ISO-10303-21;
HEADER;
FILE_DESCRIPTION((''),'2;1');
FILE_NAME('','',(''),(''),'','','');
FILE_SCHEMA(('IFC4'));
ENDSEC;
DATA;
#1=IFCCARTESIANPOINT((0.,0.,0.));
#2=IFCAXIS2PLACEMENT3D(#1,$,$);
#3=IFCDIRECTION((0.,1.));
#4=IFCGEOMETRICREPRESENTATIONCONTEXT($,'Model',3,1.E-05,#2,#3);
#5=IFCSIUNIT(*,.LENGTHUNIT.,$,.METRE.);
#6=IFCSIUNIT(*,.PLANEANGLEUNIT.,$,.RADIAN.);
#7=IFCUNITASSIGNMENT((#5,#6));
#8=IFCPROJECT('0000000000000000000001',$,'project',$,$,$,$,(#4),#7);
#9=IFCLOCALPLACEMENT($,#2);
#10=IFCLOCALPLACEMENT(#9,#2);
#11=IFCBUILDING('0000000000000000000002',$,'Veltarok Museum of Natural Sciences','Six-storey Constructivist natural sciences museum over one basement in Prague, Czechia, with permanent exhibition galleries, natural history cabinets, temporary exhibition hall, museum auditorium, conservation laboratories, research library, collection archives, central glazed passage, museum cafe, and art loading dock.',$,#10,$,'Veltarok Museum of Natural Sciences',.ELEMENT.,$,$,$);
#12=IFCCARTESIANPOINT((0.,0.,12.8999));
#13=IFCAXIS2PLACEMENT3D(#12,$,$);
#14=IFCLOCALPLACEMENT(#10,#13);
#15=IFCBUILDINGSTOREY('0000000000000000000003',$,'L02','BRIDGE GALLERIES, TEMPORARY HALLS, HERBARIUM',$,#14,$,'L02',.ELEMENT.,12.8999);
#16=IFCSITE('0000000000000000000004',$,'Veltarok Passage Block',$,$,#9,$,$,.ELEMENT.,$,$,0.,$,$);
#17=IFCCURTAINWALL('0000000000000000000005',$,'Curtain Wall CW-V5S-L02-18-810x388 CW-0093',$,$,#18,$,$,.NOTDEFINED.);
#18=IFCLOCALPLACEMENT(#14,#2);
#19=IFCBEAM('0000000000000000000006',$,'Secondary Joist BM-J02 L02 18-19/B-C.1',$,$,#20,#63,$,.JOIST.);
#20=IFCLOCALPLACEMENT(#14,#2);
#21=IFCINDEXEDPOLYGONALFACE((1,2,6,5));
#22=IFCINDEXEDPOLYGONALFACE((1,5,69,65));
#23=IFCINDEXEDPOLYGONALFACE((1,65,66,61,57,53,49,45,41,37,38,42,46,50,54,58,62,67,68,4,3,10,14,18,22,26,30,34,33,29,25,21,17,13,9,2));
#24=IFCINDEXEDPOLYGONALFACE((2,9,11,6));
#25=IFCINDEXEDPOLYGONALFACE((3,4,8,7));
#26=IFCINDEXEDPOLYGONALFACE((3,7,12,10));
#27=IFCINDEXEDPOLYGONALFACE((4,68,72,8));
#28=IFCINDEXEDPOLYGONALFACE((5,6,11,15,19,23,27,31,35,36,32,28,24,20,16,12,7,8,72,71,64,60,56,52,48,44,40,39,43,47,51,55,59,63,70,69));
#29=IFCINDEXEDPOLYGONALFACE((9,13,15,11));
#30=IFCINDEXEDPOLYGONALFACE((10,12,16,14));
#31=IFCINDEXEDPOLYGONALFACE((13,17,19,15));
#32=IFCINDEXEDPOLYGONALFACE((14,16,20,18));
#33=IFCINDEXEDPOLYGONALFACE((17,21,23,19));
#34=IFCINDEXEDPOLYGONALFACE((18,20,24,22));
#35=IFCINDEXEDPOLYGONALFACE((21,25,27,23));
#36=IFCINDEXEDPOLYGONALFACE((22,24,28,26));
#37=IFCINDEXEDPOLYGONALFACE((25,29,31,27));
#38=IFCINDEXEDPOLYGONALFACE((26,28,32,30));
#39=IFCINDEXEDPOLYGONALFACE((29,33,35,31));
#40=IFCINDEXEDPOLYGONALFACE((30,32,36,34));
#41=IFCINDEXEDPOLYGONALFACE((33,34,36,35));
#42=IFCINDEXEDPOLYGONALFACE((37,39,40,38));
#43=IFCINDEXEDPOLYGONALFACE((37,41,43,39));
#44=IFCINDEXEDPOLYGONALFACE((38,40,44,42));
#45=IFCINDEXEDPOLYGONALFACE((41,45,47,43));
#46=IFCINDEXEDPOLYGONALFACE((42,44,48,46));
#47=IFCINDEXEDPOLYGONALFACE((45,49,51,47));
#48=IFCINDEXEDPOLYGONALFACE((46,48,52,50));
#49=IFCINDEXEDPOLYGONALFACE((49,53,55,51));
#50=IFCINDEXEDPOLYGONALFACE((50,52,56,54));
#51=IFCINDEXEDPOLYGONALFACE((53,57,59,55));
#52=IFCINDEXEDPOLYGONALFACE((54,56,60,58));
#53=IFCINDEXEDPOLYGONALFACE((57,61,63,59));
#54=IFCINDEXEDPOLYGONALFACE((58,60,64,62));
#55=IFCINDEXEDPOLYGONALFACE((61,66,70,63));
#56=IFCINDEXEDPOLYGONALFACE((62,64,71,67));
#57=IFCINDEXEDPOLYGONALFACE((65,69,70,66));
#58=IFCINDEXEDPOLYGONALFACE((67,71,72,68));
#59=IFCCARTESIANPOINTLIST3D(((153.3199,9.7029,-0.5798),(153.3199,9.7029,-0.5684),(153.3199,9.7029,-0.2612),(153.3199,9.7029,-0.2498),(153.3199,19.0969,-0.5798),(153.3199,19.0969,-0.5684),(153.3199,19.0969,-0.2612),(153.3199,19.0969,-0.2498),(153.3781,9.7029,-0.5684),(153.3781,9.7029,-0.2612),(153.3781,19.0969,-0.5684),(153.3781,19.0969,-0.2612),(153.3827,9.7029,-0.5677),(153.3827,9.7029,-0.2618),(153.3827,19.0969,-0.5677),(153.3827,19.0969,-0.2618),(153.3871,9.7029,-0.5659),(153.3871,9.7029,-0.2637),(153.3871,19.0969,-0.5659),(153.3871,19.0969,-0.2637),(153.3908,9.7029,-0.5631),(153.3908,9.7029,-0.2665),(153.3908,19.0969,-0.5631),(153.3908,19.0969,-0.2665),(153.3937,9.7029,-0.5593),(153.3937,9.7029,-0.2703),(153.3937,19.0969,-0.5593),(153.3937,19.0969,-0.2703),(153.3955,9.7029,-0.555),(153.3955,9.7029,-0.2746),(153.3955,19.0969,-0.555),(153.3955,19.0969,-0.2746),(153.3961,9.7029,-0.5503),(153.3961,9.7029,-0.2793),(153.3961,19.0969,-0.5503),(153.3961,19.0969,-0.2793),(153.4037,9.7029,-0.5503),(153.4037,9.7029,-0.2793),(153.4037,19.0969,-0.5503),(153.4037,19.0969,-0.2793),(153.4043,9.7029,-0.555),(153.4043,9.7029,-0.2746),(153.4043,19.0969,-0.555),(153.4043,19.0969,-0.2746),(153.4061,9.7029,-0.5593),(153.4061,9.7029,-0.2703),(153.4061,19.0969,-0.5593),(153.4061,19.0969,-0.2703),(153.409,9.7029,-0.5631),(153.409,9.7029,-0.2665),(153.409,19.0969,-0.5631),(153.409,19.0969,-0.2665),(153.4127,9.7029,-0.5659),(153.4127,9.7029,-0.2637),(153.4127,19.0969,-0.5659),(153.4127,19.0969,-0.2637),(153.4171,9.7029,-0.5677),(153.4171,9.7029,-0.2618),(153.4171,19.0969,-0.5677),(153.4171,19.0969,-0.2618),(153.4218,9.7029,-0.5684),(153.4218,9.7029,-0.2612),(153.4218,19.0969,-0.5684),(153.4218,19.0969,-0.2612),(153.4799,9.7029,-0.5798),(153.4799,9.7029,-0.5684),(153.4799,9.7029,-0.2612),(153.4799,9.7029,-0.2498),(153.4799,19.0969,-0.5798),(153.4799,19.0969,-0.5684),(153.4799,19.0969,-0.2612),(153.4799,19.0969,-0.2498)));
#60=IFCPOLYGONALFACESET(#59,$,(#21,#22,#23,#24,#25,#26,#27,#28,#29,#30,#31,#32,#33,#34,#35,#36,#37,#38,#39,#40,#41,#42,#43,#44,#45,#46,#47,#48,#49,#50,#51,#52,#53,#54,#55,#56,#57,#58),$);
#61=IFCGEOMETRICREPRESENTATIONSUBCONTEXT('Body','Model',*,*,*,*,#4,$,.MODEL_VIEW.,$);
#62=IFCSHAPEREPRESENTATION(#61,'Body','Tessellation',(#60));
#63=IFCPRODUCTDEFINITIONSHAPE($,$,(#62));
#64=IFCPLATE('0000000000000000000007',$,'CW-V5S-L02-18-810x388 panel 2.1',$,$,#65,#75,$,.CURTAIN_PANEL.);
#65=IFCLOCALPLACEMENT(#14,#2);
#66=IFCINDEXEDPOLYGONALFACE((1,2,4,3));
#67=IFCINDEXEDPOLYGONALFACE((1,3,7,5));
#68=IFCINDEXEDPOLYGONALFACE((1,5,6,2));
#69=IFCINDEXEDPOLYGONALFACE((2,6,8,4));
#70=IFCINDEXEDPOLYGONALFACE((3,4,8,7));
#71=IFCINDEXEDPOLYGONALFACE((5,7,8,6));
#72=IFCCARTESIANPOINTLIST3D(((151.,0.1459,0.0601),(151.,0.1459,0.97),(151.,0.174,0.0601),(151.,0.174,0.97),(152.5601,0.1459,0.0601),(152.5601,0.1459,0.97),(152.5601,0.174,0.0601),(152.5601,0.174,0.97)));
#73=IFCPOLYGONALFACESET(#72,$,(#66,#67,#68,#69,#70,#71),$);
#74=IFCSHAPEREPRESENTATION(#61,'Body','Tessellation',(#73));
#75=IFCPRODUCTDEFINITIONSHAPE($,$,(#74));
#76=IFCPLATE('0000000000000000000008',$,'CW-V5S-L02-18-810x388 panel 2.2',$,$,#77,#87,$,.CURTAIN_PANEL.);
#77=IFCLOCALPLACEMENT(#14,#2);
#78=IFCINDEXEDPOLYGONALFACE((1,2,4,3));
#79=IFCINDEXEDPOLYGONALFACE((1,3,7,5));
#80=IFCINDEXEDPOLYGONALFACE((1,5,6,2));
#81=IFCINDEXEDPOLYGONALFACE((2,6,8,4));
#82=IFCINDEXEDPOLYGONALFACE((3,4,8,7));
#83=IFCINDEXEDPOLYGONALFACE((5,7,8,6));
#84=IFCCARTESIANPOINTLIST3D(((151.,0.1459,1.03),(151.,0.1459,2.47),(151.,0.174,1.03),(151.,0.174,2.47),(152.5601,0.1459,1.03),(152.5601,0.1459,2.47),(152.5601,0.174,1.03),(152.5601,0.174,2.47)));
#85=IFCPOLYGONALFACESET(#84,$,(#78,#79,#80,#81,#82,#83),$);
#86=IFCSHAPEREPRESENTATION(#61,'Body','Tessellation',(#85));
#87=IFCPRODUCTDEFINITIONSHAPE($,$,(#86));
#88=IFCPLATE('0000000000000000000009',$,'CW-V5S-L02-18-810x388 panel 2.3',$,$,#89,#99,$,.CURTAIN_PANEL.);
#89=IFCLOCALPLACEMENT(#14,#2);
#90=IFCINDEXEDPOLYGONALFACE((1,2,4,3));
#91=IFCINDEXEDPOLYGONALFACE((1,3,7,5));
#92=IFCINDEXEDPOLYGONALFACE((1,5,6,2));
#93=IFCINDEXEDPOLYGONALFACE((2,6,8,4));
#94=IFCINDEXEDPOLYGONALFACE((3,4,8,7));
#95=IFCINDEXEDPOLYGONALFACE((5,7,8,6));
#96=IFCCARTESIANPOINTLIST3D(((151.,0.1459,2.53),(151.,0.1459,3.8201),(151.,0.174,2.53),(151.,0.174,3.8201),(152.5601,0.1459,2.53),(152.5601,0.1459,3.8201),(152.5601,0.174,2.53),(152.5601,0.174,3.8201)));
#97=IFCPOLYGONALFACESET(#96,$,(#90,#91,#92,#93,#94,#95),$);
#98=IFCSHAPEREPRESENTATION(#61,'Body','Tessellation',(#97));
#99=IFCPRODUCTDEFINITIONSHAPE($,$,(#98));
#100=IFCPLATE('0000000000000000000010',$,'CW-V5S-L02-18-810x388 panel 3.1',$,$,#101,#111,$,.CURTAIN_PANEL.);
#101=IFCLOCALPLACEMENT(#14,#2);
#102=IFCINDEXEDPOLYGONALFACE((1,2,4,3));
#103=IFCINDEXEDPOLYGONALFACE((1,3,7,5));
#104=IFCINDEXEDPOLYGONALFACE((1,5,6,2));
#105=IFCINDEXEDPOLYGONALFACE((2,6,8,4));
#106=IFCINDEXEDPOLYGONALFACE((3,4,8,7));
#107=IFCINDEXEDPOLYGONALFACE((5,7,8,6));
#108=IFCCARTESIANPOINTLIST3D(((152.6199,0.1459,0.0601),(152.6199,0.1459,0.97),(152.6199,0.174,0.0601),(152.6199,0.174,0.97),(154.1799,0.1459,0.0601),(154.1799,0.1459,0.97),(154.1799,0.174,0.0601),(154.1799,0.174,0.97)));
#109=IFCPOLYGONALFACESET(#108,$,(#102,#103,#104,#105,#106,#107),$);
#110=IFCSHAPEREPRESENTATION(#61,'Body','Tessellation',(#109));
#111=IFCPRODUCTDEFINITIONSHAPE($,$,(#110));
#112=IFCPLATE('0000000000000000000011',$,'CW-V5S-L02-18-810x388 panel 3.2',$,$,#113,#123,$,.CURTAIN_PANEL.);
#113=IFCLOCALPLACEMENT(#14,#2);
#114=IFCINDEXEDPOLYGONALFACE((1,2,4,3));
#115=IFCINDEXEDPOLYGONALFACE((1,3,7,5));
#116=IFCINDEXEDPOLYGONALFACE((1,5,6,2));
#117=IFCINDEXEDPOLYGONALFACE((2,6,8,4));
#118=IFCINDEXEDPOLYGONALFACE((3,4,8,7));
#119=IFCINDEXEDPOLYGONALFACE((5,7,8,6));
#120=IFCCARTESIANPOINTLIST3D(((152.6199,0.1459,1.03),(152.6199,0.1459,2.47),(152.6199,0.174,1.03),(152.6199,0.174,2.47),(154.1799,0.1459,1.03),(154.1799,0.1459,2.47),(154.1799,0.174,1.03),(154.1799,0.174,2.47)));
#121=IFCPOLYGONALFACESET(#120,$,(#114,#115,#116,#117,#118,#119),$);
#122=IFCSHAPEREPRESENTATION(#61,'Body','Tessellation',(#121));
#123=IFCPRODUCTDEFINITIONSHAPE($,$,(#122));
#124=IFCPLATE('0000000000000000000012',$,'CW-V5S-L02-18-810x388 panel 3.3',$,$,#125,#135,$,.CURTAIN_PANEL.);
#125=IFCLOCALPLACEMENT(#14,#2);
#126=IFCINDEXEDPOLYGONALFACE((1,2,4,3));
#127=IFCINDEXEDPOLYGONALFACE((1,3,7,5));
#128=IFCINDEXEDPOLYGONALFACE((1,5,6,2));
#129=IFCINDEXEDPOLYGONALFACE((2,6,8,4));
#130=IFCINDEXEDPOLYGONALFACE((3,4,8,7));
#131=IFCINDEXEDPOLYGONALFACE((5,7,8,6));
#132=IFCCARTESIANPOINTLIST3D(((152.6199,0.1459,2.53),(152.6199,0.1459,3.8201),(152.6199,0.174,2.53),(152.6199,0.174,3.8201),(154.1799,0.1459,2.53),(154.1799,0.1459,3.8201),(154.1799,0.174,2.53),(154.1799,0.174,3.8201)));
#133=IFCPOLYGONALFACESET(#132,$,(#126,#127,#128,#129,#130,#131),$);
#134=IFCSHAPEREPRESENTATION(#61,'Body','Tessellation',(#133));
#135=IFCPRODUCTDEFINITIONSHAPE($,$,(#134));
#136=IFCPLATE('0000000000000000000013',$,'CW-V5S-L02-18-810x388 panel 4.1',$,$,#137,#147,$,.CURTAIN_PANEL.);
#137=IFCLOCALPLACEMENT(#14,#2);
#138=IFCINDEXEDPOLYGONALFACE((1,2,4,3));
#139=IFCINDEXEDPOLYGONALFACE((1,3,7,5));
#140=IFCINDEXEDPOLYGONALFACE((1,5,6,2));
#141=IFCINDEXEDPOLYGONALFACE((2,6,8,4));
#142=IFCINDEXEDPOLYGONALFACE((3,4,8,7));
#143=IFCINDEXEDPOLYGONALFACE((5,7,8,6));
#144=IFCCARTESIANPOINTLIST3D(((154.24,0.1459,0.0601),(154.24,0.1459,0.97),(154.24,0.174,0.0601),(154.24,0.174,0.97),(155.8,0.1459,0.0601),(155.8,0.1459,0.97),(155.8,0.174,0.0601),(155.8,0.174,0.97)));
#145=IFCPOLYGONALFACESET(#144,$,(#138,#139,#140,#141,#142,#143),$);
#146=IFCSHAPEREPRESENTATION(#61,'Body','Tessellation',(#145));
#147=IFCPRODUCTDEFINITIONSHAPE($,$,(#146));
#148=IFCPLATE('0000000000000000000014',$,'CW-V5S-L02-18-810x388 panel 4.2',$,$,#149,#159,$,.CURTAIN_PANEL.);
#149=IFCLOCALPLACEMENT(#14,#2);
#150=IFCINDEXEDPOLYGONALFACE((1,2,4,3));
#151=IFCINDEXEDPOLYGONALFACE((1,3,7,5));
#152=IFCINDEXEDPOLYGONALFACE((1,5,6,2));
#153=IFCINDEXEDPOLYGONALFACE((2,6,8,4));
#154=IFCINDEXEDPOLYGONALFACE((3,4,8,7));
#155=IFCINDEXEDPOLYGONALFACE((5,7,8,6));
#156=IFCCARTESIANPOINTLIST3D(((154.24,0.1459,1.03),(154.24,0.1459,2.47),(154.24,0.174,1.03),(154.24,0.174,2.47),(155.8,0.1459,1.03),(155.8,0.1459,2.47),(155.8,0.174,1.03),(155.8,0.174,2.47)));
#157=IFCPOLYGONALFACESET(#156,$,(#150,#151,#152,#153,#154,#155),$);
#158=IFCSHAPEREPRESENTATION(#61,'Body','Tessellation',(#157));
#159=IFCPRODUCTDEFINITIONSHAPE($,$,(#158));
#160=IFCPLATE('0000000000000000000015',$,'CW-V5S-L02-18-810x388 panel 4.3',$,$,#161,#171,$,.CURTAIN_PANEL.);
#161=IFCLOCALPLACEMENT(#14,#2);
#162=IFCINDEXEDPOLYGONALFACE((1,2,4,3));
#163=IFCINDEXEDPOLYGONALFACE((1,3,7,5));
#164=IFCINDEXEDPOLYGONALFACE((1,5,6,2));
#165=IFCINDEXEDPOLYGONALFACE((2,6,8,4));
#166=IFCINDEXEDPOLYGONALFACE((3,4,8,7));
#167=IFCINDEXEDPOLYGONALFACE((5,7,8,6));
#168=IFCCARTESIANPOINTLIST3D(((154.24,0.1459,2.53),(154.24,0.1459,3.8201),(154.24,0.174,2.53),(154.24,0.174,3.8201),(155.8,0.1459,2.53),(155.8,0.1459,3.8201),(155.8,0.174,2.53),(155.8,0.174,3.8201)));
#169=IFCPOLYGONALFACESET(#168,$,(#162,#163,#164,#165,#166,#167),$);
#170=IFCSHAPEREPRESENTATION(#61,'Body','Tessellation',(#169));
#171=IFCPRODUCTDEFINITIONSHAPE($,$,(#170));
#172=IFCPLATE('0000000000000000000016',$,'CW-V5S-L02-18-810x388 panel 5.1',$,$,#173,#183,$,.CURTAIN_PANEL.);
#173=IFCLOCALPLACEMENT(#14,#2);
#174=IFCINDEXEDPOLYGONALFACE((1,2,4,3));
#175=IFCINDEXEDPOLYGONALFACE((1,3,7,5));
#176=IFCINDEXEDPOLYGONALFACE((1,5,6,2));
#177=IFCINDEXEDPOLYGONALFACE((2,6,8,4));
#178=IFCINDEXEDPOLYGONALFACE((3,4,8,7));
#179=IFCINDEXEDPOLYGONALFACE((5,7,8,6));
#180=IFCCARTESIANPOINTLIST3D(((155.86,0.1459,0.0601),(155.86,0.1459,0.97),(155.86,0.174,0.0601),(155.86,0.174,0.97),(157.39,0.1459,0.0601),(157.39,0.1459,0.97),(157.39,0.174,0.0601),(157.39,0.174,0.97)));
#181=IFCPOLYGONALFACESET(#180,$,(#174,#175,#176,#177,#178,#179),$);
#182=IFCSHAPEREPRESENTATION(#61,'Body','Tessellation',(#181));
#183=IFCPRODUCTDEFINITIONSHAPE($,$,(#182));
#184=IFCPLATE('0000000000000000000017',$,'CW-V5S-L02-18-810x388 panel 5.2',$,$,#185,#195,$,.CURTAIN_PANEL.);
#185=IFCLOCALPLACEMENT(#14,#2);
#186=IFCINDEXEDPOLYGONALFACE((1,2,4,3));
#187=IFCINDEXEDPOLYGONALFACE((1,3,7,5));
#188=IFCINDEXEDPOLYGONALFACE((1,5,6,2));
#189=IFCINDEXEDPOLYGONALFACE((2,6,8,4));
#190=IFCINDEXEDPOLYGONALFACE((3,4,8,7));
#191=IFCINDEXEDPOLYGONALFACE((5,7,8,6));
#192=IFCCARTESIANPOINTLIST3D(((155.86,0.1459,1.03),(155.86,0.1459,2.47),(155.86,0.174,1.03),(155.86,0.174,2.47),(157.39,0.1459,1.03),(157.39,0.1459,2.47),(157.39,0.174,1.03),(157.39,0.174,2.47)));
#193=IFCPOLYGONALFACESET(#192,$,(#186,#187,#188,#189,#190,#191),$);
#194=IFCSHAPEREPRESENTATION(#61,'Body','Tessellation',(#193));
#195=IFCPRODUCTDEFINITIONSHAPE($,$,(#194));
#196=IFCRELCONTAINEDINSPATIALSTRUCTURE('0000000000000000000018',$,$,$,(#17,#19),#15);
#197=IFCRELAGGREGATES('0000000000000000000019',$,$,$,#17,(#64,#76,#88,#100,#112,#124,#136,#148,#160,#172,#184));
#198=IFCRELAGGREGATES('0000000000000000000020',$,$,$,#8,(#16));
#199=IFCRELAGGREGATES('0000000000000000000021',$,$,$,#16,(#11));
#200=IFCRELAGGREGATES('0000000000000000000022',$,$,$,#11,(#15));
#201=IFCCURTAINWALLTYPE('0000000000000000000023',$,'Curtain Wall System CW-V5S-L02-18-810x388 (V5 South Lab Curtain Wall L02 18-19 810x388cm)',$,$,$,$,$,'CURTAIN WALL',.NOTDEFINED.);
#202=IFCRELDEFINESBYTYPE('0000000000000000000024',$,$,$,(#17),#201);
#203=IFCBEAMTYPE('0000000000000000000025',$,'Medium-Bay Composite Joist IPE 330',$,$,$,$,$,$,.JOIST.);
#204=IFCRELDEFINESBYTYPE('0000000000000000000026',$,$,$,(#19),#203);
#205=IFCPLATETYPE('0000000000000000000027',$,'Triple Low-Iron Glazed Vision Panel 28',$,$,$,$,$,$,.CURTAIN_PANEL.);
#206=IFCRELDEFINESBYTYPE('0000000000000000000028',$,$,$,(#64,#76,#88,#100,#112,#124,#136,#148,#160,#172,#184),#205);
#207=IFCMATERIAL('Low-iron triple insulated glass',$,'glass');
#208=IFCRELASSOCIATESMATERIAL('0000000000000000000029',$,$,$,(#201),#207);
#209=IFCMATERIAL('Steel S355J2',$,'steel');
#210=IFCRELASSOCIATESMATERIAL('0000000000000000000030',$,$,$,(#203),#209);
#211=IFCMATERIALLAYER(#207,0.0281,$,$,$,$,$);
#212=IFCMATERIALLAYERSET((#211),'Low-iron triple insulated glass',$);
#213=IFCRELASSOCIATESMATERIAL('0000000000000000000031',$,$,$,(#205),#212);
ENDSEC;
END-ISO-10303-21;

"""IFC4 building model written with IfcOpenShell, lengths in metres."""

from ifc_helpers import new_model, si_unit, direction, frame, origin, origin_2d, place, context, subcontext, project, spatial, rectangle, i_section, extrude, material, layer, layer_set, material_profile, profile_set, type_object, element, aggregate, save


model = new_model("IFC4")

# Units and contexts
model_context = context("Model", 3, precision=1e-05, world=origin(), true_north=direction((0.0, 1.0)))
body_context = subcontext(model_context, "Body", "Model", "MODEL_VIEW")
ifc_project = project(units=[si_unit("LENGTHUNIT", "METRE"), si_unit("PLANEANGLEUNIT", "RADIAN")], contexts=[model_context])

# Site, building, storey
site_placement = place(None, origin())
site = spatial("IfcSite", under=ifc_project, at=site_placement, Name="Veltarok Passage Block", CompositionType="ELEMENT", RefElevation=0.0)
building_placement = place(site_placement, origin())
building = spatial("IfcBuilding", under=site, at=building_placement, Name="Veltarok Museum of Natural Sciences", Description="Six-storey Constructivist natural sciences museum over one basement in Prague, Czechia, with permanent exhibition galleries, natural history cabinets, temporary exhibition hall, museum auditorium, conservation laboratories, research library, collection archives, central glazed passage, museum cafe, and art loading dock.", LongName="Veltarok Museum of Natural Sciences", CompositionType="ELEMENT")
storey_placement = place(building_placement, frame((0.0, 0.0, 12.8999)))
storey = spatial("IfcBuildingStorey", under=building, at=storey_placement, Name="L02", Description="BRIDGE GALLERIES, TEMPORARY HALLS, HERBARIUM", LongName="L02", CompositionType="ELEMENT", Elevation=12.8999)

# Shared definitions
ifc_material_1 = material(Name="Steel S355J2", Category="steel")

# Curtain wall
ifc_material_2 = material(Name="Low-iron triple insulated glass", Category="glass")
curtain_wall_type = type_object("IfcCurtainWallType", Name="Curtain Wall System CW-V5S-L02-18-810x388 (V5 South Lab Curtain Wall L02 18-19 810x388cm)", ElementType="CURTAIN WALL", PredefinedType="NOTDEFINED", material=ifc_material_2)
curtain_wall_placement = place(storey_placement, origin())
curtain_wall = element("IfcCurtainWall", 1, at=curtain_wall_placement, inside=storey, type_object=curtain_wall_type, Name="Curtain Wall CW-V5S-L02-18-810x388 CW-0093", PredefinedType="NOTDEFINED")

# Beam
ifc_material_profile_1 = material_profile(ifc_material_1, i_section(OverallWidth=0.1599, OverallDepth=0.3301, WebThickness=0.0076, FlangeThickness=0.0115, FilletRadius=0.0181, at=origin_2d()), Name="IPE 330")
ifc_profile_set_1 = profile_set([ifc_material_profile_1], Name="Steel S355J2")
beam_type_1 = type_object("IfcBeamType", Name="Medium-Bay Composite Joist IPE 330", PredefinedType="JOIST", material=ifc_profile_set_1)
beam_1_placement = place(storey_placement, frame((153.3999, 9.7029, -0.4148), z_axis=(0.0, 1.0, 0.0), x_axis=(-1.0, 0.0, 0.0)))
element("IfcBeam", 2, at=beam_1_placement, inside=storey, type_object=beam_type_1, Name="Secondary Joist BM-J02 L02 18-19/B-C.1", PredefinedType="JOIST", context=body_context, shape_type="SweptSolid", body=[
    extrude(i_section(OverallWidth=0.1599, OverallDepth=0.3301, WebThickness=0.0076, FlangeThickness=0.0115, FilletRadius=0.0181, at=origin_2d()), origin(), (0.0, 0.0, 1.0), 9.394),
])

# Plates
ifc_layer = layer(ifc_material_2, 0.0281)
ifc_layer_set = layer_set([ifc_layer], Name="Low-iron triple insulated glass")
plate_type = type_object("IfcPlateType", Name="Triple Low-Iron Glazed Vision Panel 28", PredefinedType="CURTAIN_PANEL", material=ifc_layer_set)
plate_1_placement = place(storey_placement, frame((151.78, 0.1599, 0.0601), z_axis=(0.0, 0.0, 1.0), x_axis=(1.0, 0.0, 0.0)))
plate_1 = element("IfcPlate", 3, at=plate_1_placement, type_object=plate_type, Name="CW-V5S-L02-18-810x388 panel 2.1", PredefinedType="CURTAIN_PANEL", context=body_context, shape_type="SweptSolid", body=[
    extrude(rectangle(XDim=1.5601, YDim=0.0281, at=origin_2d()), origin(), (0.0, 0.0, 1.0), 0.9099),
])
plate_2_placement = place(storey_placement, frame((151.78, 0.1599, 1.03), z_axis=(0.0, 0.0, 1.0), x_axis=(1.0, 0.0, 0.0)))
plate_2 = element("IfcPlate", 4, at=plate_2_placement, type_object=plate_type, Name="CW-V5S-L02-18-810x388 panel 2.2", PredefinedType="CURTAIN_PANEL", context=body_context, shape_type="SweptSolid", body=[
    extrude(rectangle(XDim=1.5601, YDim=0.0281, at=origin_2d()), origin(), (0.0, 0.0, 1.0), 1.4399),
])
plate_3_placement = place(storey_placement, frame((151.78, 0.1599, 2.53), z_axis=(0.0, 0.0, 1.0), x_axis=(1.0, 0.0, 0.0)))
plate_3 = element("IfcPlate", 5, at=plate_3_placement, type_object=plate_type, Name="CW-V5S-L02-18-810x388 panel 2.3", PredefinedType="CURTAIN_PANEL", context=body_context, shape_type="SweptSolid", body=[
    extrude(rectangle(XDim=1.5601, YDim=0.0281, at=origin_2d()), origin(), (0.0, 0.0, 1.0), 1.29),
])
plate_4_placement = place(storey_placement, frame((153.3999, 0.1599, 0.0601), z_axis=(0.0, 0.0, 1.0), x_axis=(1.0, 0.0, 0.0)))
plate_4 = element("IfcPlate", 6, at=plate_4_placement, type_object=plate_type, Name="CW-V5S-L02-18-810x388 panel 3.1", PredefinedType="CURTAIN_PANEL", context=body_context, shape_type="SweptSolid", body=[
    extrude(rectangle(XDim=1.5601, YDim=0.0281, at=origin_2d()), origin(), (0.0, 0.0, 1.0), 0.9099),
])
plate_5_placement = place(storey_placement, frame((153.3999, 0.1599, 1.03), z_axis=(0.0, 0.0, 1.0), x_axis=(1.0, 0.0, 0.0)))
plate_5 = element("IfcPlate", 7, at=plate_5_placement, type_object=plate_type, Name="CW-V5S-L02-18-810x388 panel 3.2", PredefinedType="CURTAIN_PANEL", context=body_context, shape_type="SweptSolid", body=[
    extrude(rectangle(XDim=1.5601, YDim=0.0281, at=origin_2d()), origin(), (0.0, 0.0, 1.0), 1.4399),
])
plate_6_placement = place(storey_placement, frame((153.3999, 0.1599, 2.53), z_axis=(0.0, 0.0, 1.0), x_axis=(1.0, 0.0, 0.0)))
plate_6 = element("IfcPlate", 8, at=plate_6_placement, type_object=plate_type, Name="CW-V5S-L02-18-810x388 panel 3.3", PredefinedType="CURTAIN_PANEL", context=body_context, shape_type="SweptSolid", body=[
    extrude(rectangle(XDim=1.5601, YDim=0.0281, at=origin_2d()), origin(), (0.0, 0.0, 1.0), 1.29),
])
plate_7_placement = place(storey_placement, frame((155.02, 0.1599, 0.0601), z_axis=(0.0, 0.0, 1.0), x_axis=(1.0, 0.0, 0.0)))
plate_7 = element("IfcPlate", 9, at=plate_7_placement, type_object=plate_type, Name="CW-V5S-L02-18-810x388 panel 4.1", PredefinedType="CURTAIN_PANEL", context=body_context, shape_type="SweptSolid", body=[
    extrude(rectangle(XDim=1.5601, YDim=0.0281, at=origin_2d()), origin(), (0.0, 0.0, 1.0), 0.9099),
])
plate_8_placement = place(storey_placement, frame((155.02, 0.1599, 1.03), z_axis=(0.0, 0.0, 1.0), x_axis=(1.0, 0.0, 0.0)))
plate_8 = element("IfcPlate", 10, at=plate_8_placement, type_object=plate_type, Name="CW-V5S-L02-18-810x388 panel 4.2", PredefinedType="CURTAIN_PANEL", context=body_context, shape_type="SweptSolid", body=[
    extrude(rectangle(XDim=1.5601, YDim=0.0281, at=origin_2d()), origin(), (0.0, 0.0, 1.0), 1.4399),
])
plate_9_placement = place(storey_placement, frame((155.02, 0.1599, 2.53), z_axis=(0.0, 0.0, 1.0), x_axis=(1.0, 0.0, 0.0)))
plate_9 = element("IfcPlate", 11, at=plate_9_placement, type_object=plate_type, Name="CW-V5S-L02-18-810x388 panel 4.3", PredefinedType="CURTAIN_PANEL", context=body_context, shape_type="SweptSolid", body=[
    extrude(rectangle(XDim=1.5601, YDim=0.0281, at=origin_2d()), origin(), (0.0, 0.0, 1.0), 1.29),
])
plate_10_placement = place(storey_placement, frame((156.625, 0.1599, 0.0601), z_axis=(0.0, 0.0, 1.0), x_axis=(1.0, 0.0, 0.0)))
plate_10 = element("IfcPlate", 12, at=plate_10_placement, type_object=plate_type, Name="CW-V5S-L02-18-810x388 panel 5.1", PredefinedType="CURTAIN_PANEL", context=body_context, shape_type="SweptSolid", body=[
    extrude(rectangle(XDim=1.53, YDim=0.0281, at=origin_2d()), origin(), (0.0, 0.0, 1.0), 0.9099),
])
plate_11_placement = place(storey_placement, frame((156.625, 0.1599, 1.03), z_axis=(0.0, 0.0, 1.0), x_axis=(1.0, 0.0, 0.0)))
plate_11 = element("IfcPlate", 13, at=plate_11_placement, type_object=plate_type, Name="CW-V5S-L02-18-810x388 panel 5.2", PredefinedType="CURTAIN_PANEL", context=body_context, shape_type="SweptSolid", body=[
    extrude(rectangle(XDim=1.53, YDim=0.0281, at=origin_2d()), origin(), (0.0, 0.0, 1.0), 1.4399),
])
aggregate(curtain_wall, [plate_1, plate_2, plate_3, plate_4, plate_5, plate_6, plate_7, plate_8, plate_9, plate_10, plate_11])

save(model, "model.ifc")
